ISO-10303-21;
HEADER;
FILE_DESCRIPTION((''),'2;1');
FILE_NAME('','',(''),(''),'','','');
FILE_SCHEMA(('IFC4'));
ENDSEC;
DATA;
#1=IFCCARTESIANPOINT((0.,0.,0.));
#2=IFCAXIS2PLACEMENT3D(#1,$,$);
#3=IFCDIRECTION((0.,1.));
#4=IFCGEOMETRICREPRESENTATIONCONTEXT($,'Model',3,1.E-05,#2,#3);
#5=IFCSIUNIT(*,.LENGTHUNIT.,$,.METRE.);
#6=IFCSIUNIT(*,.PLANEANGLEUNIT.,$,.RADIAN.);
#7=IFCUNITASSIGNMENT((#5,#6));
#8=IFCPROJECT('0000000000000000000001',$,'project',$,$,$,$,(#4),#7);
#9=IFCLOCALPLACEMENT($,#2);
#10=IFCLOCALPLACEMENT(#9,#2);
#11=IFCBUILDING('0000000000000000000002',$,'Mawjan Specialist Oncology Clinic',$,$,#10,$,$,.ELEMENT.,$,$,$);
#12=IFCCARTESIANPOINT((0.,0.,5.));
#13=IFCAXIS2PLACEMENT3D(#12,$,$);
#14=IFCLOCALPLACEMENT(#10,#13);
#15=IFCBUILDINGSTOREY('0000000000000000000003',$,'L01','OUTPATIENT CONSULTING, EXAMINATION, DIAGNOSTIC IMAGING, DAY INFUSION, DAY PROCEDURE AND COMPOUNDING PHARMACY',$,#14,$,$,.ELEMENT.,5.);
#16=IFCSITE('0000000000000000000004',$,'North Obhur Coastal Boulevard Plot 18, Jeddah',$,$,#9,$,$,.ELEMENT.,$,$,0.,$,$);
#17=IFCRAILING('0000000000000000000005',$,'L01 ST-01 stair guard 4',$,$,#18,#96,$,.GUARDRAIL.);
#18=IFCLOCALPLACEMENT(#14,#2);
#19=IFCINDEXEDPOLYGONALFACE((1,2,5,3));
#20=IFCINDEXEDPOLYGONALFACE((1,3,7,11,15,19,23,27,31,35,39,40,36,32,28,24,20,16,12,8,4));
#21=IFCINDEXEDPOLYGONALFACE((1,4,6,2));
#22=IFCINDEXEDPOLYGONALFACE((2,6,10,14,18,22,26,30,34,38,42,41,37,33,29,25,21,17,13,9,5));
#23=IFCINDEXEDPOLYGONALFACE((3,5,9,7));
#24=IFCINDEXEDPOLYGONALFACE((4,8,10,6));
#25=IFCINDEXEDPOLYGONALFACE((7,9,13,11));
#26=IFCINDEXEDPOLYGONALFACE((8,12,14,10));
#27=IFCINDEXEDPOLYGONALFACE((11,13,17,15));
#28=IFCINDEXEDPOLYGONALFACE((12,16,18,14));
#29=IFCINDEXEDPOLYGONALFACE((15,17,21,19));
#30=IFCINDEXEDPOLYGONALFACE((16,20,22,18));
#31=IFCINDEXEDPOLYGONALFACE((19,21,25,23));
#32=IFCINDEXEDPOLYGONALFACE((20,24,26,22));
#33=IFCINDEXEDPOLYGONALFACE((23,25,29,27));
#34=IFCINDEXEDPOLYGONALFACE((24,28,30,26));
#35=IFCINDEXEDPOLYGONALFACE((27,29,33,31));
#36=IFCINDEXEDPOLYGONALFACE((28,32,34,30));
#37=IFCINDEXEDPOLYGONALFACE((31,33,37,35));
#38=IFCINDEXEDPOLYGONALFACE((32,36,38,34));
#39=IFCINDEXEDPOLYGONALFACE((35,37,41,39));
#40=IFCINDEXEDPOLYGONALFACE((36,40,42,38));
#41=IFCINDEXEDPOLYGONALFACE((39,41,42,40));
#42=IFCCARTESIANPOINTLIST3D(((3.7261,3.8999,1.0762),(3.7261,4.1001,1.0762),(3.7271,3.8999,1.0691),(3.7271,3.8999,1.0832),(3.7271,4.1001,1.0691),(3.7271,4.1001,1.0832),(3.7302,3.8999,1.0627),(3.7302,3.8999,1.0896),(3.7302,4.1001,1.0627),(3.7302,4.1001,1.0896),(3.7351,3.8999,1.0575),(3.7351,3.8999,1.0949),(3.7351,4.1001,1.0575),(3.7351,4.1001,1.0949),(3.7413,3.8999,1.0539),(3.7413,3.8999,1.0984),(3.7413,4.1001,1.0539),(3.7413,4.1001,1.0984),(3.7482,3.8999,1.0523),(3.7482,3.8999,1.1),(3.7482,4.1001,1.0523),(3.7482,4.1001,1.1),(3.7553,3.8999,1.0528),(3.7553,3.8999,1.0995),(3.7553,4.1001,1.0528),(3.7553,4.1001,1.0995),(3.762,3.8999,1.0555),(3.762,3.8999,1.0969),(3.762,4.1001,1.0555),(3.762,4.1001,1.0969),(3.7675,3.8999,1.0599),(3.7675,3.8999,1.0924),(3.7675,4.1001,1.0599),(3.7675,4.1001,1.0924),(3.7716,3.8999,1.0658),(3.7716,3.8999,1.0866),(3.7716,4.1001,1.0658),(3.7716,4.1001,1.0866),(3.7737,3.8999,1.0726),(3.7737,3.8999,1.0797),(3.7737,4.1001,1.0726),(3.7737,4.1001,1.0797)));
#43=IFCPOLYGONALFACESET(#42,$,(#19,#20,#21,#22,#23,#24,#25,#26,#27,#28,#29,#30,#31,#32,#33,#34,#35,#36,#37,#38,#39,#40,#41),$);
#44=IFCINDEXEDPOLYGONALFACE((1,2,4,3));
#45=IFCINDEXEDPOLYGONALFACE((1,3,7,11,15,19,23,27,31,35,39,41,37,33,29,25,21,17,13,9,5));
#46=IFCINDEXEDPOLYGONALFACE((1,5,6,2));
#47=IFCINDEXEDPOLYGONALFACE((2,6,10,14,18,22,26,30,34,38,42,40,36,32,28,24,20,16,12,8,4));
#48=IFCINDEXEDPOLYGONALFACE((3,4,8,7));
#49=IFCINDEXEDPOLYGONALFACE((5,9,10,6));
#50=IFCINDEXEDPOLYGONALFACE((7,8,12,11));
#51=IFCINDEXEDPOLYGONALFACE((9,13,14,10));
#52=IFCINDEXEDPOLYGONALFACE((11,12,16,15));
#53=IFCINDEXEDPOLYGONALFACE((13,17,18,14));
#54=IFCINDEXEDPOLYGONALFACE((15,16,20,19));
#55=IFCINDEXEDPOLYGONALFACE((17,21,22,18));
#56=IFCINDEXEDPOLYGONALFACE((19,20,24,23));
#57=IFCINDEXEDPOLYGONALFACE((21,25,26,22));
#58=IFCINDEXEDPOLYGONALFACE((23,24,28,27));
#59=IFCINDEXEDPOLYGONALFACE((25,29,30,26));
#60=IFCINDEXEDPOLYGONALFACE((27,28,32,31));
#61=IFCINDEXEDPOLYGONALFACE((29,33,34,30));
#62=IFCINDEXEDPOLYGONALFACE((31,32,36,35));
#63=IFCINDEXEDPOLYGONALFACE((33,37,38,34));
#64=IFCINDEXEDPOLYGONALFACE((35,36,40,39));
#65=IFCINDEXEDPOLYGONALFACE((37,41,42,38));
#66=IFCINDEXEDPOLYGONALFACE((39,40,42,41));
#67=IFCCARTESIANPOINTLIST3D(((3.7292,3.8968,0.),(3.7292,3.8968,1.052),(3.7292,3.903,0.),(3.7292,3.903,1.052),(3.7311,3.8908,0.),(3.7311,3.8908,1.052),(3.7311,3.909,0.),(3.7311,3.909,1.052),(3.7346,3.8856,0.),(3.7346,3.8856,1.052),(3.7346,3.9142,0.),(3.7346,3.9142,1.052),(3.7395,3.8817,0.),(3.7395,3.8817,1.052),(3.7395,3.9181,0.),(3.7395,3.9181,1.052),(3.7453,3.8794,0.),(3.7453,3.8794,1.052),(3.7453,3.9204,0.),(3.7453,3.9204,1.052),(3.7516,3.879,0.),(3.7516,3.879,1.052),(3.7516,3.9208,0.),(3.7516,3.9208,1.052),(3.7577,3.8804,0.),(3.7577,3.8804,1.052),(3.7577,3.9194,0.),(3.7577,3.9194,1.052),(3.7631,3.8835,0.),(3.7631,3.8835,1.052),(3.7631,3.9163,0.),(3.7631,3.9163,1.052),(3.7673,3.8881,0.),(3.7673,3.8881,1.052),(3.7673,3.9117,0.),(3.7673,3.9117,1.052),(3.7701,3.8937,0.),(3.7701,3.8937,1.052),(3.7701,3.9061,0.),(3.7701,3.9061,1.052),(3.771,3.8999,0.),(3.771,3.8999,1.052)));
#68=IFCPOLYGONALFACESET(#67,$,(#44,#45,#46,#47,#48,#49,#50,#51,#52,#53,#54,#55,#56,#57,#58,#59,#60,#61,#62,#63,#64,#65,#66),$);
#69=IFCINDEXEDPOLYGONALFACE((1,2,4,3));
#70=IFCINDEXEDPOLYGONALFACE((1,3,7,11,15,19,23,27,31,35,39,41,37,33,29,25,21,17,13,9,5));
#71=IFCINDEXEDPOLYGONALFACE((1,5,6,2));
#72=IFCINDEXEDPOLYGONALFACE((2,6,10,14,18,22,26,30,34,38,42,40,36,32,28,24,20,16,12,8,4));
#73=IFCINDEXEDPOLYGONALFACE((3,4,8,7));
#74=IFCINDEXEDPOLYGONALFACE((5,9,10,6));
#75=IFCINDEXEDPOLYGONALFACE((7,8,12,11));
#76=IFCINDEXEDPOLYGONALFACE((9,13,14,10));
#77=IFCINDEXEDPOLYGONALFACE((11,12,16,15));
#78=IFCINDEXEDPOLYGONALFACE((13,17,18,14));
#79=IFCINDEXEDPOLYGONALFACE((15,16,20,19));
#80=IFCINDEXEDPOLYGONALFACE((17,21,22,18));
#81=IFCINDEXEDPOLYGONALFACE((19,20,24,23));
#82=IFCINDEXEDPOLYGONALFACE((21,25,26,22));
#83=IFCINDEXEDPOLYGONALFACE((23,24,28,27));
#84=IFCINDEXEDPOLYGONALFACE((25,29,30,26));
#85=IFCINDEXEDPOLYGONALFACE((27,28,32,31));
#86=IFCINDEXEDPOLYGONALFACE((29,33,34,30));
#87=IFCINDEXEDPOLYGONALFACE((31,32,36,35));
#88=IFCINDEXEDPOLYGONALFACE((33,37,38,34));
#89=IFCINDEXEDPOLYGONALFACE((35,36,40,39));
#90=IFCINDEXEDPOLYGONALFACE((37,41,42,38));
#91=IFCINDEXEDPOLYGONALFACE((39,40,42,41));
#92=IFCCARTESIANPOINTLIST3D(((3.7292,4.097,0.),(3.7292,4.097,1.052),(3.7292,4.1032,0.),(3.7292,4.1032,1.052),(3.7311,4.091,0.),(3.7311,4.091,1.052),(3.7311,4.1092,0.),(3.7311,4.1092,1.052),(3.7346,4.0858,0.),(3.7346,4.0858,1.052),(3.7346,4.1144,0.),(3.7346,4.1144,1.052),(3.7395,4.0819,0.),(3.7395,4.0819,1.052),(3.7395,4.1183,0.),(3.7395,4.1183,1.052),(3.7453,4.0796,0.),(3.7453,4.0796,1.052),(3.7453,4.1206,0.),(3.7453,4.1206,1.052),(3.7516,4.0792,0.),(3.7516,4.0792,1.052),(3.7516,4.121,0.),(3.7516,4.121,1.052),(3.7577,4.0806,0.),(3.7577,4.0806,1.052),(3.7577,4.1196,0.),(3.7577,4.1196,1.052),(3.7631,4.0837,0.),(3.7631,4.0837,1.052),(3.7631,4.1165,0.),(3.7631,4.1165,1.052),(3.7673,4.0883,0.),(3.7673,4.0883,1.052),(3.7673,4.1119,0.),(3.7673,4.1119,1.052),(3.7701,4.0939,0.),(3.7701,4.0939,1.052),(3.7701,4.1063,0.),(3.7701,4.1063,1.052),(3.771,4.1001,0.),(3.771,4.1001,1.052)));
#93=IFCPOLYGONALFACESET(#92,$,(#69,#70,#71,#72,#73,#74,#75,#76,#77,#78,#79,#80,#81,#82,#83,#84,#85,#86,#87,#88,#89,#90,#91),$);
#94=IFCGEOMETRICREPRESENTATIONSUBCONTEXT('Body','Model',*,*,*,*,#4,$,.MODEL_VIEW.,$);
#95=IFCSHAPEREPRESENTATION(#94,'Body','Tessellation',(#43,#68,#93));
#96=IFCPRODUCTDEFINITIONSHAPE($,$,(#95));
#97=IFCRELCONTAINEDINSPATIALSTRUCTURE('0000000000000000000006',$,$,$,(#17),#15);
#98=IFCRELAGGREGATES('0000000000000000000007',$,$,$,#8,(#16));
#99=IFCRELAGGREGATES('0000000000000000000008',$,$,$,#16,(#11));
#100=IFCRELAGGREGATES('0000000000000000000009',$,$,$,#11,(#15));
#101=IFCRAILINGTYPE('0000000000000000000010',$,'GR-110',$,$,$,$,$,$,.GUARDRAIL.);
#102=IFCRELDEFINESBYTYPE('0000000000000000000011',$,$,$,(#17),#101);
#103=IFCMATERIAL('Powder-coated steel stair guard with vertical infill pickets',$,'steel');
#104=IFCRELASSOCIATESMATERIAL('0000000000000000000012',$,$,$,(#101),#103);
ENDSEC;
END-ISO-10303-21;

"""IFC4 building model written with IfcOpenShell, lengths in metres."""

from ifc_helpers import new_model, si_unit, direction, frame, origin, origin_2d, place, context, subcontext, project, spatial, circle, extrude, material, type_object, element, save


model = new_model("IFC4")

# Units and contexts
model_context = context("Model", 3, precision=1e-05, world=origin(), true_north=direction((0.0, 1.0)))
body_context = subcontext(model_context, "Body", "Model", "MODEL_VIEW")
ifc_project = project(units=[si_unit("LENGTHUNIT", "METRE"), si_unit("PLANEANGLEUNIT", "RADIAN")], contexts=[model_context])

# Site, building, storey
site_placement = place(None, origin())
site = spatial("IfcSite", under=ifc_project, at=site_placement, Name="North Obhur Coastal Boulevard Plot 18, Jeddah", CompositionType="ELEMENT", RefElevation=0.0)
building_placement = place(site_placement, origin())
building = spatial("IfcBuilding", under=site, at=building_placement, Name="Mawjan Specialist Oncology Clinic", CompositionType="ELEMENT")
storey_placement = place(building_placement, frame((0.0, 0.0, 5.0)))
storey = spatial("IfcBuildingStorey", under=building, at=storey_placement, Name="L01", Description="OUTPATIENT CONSULTING, EXAMINATION, DIAGNOSTIC IMAGING, DAY INFUSION, DAY PROCEDURE AND COMPOUNDING PHARMACY", CompositionType="ELEMENT", Elevation=5.0)

# Railing
ifc_material_1 = material(Name="Powder-coated steel stair guard with vertical infill pickets", Category="steel")
railing_type_1 = type_object("IfcRailingType", Name="GR-110", PredefinedType="GUARDRAIL", material=ifc_material_1)
railing_1_placement = place(storey_placement, frame((3.75, 3.8999, 0.0)))
element("IfcRailing", 1, at=railing_1_placement, inside=storey, type_object=railing_type_1, Name="L01 ST-01 stair guard 4", PredefinedType="GUARDRAIL", context=body_context, shape_type="SweptSolid", body=[
    extrude(circle(Radius=0.0239, at=origin_2d()), frame((0.0, 0.0, 1.0762), z_axis=(0.0, 1.0, 0.0), x_axis=(-1.0, 0.0, 0.0)), (0.0, 0.0, 1.0), 0.2002),
    extrude(circle(Radius=0.021, at=origin_2d()), origin(), (0.0, 0.0, 1.0), 1.052),
    extrude(circle(Radius=0.021, at=origin_2d()), frame((0.0, 0.2002, 0.0)), (0.0, 0.0, 1.0), 1.052),
])

save(model, "model.ifc")
